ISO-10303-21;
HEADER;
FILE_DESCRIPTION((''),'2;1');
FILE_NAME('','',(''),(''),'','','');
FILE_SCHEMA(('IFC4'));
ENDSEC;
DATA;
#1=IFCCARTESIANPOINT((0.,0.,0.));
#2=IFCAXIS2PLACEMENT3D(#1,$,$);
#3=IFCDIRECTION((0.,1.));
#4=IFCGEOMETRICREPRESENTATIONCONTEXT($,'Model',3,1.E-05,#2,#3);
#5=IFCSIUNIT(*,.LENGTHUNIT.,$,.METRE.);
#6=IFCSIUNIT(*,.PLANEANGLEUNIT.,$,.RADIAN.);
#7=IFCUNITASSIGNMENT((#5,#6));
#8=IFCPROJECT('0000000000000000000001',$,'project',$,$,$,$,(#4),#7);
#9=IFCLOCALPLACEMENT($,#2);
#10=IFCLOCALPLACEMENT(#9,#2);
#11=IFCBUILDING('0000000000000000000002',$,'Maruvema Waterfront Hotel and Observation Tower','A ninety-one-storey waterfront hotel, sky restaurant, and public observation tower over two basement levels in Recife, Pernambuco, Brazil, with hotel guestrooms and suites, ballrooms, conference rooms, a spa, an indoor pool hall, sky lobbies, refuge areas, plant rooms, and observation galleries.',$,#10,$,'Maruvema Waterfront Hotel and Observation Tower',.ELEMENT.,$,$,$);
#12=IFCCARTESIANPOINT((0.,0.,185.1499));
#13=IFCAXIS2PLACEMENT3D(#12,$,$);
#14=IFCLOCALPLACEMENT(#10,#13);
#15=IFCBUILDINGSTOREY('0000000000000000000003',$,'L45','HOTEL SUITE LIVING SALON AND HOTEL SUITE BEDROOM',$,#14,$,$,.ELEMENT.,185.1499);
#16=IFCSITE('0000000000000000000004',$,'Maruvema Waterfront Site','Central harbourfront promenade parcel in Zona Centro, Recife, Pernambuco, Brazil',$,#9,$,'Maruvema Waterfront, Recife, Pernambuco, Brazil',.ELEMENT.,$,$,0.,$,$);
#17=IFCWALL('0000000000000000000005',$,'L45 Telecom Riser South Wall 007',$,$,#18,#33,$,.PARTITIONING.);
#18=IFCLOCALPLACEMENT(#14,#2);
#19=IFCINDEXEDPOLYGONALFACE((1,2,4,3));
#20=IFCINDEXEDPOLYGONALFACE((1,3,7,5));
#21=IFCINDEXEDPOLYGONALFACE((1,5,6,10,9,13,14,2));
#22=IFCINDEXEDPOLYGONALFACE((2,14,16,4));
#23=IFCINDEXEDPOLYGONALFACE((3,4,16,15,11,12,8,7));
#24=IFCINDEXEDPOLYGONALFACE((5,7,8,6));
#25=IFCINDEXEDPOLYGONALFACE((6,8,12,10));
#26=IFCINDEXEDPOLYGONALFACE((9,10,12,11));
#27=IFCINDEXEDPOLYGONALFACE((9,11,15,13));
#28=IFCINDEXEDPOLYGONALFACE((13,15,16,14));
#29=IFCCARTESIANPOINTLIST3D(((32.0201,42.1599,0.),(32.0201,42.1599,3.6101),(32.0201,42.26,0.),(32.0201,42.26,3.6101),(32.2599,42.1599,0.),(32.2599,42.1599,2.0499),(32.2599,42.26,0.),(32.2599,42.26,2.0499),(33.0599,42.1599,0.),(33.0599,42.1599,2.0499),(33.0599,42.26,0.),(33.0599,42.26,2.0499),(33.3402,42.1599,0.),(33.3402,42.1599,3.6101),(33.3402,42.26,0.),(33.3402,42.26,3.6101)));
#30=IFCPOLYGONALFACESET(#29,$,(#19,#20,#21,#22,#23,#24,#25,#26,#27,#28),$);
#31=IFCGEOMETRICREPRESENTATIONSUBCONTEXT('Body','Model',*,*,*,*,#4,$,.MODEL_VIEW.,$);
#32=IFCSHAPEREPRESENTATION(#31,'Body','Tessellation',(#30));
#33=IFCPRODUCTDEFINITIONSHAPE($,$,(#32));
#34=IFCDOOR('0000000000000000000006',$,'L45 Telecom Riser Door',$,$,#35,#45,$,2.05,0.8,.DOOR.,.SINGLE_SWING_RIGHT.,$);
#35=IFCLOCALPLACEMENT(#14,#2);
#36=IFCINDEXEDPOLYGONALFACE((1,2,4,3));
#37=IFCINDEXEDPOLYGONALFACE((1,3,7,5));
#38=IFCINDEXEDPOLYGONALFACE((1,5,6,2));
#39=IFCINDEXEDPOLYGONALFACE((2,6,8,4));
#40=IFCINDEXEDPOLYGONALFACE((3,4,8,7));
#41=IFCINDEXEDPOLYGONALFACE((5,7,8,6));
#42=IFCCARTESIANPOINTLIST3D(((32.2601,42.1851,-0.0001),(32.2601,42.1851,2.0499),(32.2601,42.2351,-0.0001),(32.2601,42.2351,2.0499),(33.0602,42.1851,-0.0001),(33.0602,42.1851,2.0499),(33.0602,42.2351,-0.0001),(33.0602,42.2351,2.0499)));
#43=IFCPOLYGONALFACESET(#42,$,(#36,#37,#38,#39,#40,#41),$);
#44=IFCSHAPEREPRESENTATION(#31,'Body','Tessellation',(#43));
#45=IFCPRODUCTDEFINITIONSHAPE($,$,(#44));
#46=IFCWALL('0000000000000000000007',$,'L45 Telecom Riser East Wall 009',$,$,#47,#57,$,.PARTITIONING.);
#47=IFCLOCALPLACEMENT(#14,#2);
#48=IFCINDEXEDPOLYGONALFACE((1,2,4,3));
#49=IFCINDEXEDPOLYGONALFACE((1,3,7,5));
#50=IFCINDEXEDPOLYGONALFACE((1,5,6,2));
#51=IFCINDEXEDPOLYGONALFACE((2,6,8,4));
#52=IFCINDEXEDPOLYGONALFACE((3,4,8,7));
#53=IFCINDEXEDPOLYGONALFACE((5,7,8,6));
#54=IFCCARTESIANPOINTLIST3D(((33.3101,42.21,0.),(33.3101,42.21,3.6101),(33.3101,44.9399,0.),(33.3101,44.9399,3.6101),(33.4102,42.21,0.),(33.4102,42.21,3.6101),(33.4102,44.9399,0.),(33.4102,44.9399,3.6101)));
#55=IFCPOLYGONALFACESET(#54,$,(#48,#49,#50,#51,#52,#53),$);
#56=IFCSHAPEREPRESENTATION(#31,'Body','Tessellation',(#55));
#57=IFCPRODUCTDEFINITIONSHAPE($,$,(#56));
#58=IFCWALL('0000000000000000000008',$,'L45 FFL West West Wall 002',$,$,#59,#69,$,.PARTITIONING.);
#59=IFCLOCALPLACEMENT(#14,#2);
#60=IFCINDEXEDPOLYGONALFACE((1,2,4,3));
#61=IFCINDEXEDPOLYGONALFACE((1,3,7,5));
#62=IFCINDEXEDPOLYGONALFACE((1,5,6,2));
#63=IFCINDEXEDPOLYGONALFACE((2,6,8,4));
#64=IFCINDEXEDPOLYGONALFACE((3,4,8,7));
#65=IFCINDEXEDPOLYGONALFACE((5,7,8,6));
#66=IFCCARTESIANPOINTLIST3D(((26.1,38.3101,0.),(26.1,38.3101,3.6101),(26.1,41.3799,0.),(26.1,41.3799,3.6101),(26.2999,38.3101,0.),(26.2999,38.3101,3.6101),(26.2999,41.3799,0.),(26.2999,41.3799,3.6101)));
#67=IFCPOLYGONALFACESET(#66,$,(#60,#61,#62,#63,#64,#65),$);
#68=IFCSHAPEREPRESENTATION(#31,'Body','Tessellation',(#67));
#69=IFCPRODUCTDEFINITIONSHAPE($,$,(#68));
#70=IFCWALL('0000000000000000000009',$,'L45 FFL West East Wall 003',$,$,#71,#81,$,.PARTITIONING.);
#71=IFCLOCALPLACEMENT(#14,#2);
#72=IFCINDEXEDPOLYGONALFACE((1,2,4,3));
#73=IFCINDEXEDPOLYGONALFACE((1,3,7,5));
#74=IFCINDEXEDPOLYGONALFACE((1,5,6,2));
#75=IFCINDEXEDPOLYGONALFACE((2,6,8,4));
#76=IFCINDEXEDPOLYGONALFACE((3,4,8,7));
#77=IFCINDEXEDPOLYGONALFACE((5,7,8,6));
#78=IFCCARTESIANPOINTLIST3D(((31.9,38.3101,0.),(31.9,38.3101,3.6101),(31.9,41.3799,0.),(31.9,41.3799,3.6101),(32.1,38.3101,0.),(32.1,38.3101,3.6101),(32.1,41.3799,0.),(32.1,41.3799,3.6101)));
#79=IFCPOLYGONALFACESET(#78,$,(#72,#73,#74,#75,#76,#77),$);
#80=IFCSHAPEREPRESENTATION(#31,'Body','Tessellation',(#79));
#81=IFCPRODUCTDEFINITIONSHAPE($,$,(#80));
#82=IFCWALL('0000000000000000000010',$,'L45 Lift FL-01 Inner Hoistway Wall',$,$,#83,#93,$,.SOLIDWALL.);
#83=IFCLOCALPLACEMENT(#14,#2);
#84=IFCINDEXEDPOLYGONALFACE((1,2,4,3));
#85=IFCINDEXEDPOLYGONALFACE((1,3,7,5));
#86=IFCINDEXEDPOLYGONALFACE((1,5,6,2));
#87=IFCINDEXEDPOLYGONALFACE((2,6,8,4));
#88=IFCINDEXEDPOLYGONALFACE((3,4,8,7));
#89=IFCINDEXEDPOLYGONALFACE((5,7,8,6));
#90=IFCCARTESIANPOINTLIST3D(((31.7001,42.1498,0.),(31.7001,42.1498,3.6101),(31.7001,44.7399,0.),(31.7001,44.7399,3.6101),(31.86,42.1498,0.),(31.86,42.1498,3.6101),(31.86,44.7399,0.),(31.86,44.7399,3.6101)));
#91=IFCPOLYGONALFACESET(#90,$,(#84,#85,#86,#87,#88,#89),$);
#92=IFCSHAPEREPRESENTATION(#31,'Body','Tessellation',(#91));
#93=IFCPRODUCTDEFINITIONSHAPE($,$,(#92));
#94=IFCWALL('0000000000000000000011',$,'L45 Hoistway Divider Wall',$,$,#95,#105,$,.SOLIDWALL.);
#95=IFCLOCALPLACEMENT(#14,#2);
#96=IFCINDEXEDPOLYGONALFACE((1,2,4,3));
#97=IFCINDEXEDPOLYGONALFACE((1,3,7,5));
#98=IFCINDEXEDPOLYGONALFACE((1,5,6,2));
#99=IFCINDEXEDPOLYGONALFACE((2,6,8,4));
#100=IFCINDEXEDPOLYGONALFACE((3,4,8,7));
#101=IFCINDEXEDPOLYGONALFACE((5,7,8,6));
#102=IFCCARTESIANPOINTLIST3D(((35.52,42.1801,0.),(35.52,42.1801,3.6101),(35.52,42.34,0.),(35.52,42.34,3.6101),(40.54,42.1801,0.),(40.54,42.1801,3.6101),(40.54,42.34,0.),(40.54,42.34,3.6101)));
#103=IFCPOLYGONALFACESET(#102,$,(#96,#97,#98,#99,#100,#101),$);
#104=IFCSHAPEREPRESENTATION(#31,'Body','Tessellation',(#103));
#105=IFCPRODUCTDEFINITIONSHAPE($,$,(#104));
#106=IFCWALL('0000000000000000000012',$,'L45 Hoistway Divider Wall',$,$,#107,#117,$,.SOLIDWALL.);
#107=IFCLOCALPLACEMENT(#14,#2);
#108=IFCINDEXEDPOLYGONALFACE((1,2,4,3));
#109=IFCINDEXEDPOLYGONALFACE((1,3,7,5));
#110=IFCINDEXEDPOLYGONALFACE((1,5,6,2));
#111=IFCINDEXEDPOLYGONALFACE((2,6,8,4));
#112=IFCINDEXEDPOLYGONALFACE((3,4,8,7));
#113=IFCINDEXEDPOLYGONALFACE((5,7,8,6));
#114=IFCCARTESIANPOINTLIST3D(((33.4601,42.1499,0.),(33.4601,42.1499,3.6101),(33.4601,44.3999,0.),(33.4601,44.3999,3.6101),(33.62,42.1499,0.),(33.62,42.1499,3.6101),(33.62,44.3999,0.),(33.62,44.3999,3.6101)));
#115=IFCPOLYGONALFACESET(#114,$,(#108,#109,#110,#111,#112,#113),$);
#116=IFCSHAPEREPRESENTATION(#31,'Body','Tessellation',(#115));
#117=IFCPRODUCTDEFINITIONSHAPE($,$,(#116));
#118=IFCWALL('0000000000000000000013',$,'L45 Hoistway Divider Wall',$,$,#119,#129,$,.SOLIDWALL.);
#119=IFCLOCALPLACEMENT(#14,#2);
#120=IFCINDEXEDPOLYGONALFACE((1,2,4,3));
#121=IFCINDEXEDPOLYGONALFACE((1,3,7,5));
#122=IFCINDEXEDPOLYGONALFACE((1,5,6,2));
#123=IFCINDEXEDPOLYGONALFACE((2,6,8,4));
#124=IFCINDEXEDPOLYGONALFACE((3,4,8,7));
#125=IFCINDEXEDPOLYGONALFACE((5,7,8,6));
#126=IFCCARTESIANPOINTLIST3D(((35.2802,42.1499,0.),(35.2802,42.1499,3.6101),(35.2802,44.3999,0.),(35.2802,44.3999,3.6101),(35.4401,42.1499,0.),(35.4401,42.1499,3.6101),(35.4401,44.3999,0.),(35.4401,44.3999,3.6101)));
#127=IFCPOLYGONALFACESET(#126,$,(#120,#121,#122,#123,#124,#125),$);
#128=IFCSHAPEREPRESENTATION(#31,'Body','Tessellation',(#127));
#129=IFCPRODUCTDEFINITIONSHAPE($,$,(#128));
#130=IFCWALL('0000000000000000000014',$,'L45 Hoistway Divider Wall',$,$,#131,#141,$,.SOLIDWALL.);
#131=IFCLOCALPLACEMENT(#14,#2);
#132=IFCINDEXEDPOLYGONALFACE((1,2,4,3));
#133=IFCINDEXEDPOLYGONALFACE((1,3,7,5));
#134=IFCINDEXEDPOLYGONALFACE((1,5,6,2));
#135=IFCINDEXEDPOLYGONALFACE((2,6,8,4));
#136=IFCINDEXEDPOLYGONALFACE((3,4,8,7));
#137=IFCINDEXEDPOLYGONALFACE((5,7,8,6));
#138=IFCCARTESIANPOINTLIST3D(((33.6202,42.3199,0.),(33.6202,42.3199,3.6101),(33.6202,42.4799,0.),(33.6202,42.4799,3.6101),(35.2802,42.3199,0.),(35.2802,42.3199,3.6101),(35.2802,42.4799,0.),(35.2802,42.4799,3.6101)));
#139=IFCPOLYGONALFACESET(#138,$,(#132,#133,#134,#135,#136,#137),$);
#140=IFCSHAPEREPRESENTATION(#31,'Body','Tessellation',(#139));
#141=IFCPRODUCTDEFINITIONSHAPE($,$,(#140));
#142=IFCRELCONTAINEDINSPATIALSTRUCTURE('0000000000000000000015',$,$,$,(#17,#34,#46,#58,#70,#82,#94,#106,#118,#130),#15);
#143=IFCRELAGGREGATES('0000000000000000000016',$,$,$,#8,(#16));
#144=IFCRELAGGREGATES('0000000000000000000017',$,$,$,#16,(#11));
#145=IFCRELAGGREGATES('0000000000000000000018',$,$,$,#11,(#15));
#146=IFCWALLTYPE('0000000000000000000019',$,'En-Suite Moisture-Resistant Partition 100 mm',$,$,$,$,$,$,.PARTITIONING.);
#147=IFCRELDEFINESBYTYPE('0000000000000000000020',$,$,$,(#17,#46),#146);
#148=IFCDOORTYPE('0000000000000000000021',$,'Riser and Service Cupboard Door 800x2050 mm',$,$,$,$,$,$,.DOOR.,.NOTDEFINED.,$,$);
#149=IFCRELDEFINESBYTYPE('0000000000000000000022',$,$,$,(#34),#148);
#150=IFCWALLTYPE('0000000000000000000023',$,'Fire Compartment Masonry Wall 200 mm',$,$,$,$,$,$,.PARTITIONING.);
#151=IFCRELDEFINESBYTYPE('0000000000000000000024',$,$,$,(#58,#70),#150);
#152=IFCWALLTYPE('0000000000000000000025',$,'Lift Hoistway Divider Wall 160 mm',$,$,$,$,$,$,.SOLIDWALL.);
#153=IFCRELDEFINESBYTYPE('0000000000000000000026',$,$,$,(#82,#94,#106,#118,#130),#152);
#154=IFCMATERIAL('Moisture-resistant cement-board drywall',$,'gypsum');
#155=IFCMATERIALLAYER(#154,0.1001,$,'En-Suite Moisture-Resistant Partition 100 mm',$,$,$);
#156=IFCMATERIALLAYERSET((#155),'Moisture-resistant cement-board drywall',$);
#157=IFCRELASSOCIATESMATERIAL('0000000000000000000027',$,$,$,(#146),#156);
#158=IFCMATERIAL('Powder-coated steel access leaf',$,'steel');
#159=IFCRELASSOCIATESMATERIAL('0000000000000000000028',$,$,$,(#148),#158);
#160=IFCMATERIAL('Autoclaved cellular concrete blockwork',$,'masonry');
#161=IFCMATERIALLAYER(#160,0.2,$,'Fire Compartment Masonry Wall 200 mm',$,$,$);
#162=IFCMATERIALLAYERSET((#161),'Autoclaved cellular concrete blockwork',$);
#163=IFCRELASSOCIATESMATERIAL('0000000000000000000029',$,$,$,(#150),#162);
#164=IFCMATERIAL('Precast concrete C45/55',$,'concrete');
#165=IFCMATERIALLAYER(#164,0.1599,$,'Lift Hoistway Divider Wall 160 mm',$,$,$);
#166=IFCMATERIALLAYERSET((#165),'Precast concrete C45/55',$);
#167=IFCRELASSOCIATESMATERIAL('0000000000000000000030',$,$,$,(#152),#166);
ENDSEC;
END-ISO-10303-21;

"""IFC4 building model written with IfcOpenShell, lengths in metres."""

from ifc_helpers import new_model, si_unit, direction, frame, frame_2d, origin, place, context, subcontext, project, spatial, rectangle, extrude, material, layer, layer_set, type_object, element, fill, save


model = new_model("IFC4")

# Units and contexts
model_context = context("Model", 3, precision=1e-05, world=origin(), true_north=direction((0.0, 1.0)))
body_context = subcontext(model_context, "Body", "Model", "MODEL_VIEW")
ifc_project = project(units=[si_unit("LENGTHUNIT", "METRE"), si_unit("PLANEANGLEUNIT", "RADIAN")], contexts=[model_context])

# Site, building, storey
site_placement = place(None, origin())
site = spatial("IfcSite", under=ifc_project, at=site_placement, Name="Maruvema Waterfront Site", Description="Central harbourfront promenade parcel in Zona Centro, Recife, Pernambuco, Brazil", LongName="Maruvema Waterfront, Recife, Pernambuco, Brazil", CompositionType="ELEMENT", RefElevation=0.0)
building_placement = place(site_placement, origin())
building = spatial("IfcBuilding", under=site, at=building_placement, Name="Maruvema Waterfront Hotel and Observation Tower", Description="A ninety-one-storey waterfront hotel, sky restaurant, and public observation tower over two basement levels in Recife, Pernambuco, Brazil, with hotel guestrooms and suites, ballrooms, conference rooms, a spa, an indoor pool hall, sky lobbies, refuge areas, plant rooms, and observation galleries.", LongName="Maruvema Waterfront Hotel and Observation Tower", CompositionType="ELEMENT")
storey_placement = place(building_placement, frame((0.0, 0.0, 185.1499)))
storey = spatial("IfcBuildingStorey", under=building, at=storey_placement, Name="L45", Description="HOTEL SUITE LIVING SALON AND HOTEL SUITE BEDROOM", CompositionType="ELEMENT", Elevation=185.1499)

# Wall, opening, door
ifc_material_1 = material(Name="Moisture-resistant cement-board drywall", Category="gypsum")
ifc_layer_1 = layer(ifc_material_1, 0.1001, Name="En-Suite Moisture-Resistant Partition 100 mm")
ifc_layer_set_1 = layer_set([ifc_layer_1], Name="Moisture-resistant cement-board drywall")
wall_type_1 = type_object("IfcWallType", Name="En-Suite Moisture-Resistant Partition 100 mm", PredefinedType="PARTITIONING", material=ifc_layer_set_1)
wall_1_placement = place(storey_placement, frame((32.02, 42.21, 0.0), z_axis=(0.0, 0.0, 1.0), x_axis=(1.0, 0.0, 0.0)))
wall_1 = element("IfcWall", 1, at=wall_1_placement, inside=storey, type_object=wall_type_1, Name="L45 Telecom Riser South Wall 007", PredefinedType="PARTITIONING", context=body_context, shape_type="SweptSolid", body=[
    extrude(rectangle(XDim=1.3201, YDim=0.1001, at=frame_2d((0.6602, 0.0))), origin(), (0.0, 0.0, 1.0), 3.6101),
])
opening_1_placement = place(wall_1_placement, frame((0.24, 0.0, 0.0)))
opening_1 = element("IfcOpeningElement", 2, at=opening_1_placement, cuts=wall_1, PredefinedType="OPENING", context=body_context, shape_type="SweptSolid", body=[
    extrude(rectangle(XDim=0.8, YDim=2.05, at=frame_2d((0.3999, 1.0249))), frame((0.0, 0.0601, 0.0), z_axis=(0.0, -1.0, 0.0), x_axis=(1.0, 0.0, 0.0)), (0.0, 0.0, 1.0), 0.1201),
])
ifc_material_2 = material(Name="Powder-coated steel access leaf", Category="steel")
door_type_1 = type_object("IfcDoorType", Name="Riser and Service Cupboard Door 800x2050 mm", OperationType="NOTDEFINED", PredefinedType="DOOR", material=ifc_material_2)
door_1_placement = place(opening_1_placement, frame((0.8, 0.0, 0.0), z_axis=(0.0, 0.0, 1.0), x_axis=(-1.0, 0.0, 0.0)))
door_1 = element("IfcDoor", 3, at=door_1_placement, inside=storey, type_object=door_type_1, Name="L45 Telecom Riser Door", OperationType="SINGLE_SWING_RIGHT", OverallHeight=2.05, OverallWidth=0.8, PredefinedType="DOOR", context=body_context, shape_type="SweptSolid", body=[
    extrude(rectangle(XDim=0.8, YDim=2.05, at=frame_2d((0.3999, 1.0249))), frame((0.0, 0.0249, 0.0), z_axis=(0.0, -1.0, 0.0), x_axis=(1.0, 0.0, 0.0)), (0.0, 0.0, 1.0), 0.05),
])
fill(opening_1, door_1)

# Wall
wall_2_placement = place(storey_placement, frame((33.3601, 42.21, 0.0), z_axis=(0.0, 0.0, 1.0), x_axis=(0.0, 1.0, 0.0)))
element("IfcWall", 4, at=wall_2_placement, inside=storey, type_object=wall_type_1, Name="L45 Telecom Riser East Wall 009", PredefinedType="PARTITIONING", context=body_context, shape_type="SweptSolid", body=[
    extrude(rectangle(XDim=2.73, YDim=0.1001, at=frame_2d((1.365, 0.0))), origin(), (0.0, 0.0, 1.0), 3.6101),
])

# Shared definitions
ifc_material_3 = material(Name="Autoclaved cellular concrete blockwork", Category="masonry")
ifc_layer_2 = layer(ifc_material_3, 0.2, Name="Fire Compartment Masonry Wall 200 mm")
ifc_layer_set_2 = layer_set([ifc_layer_2], Name="Autoclaved cellular concrete blockwork")
wall_type_2 = type_object("IfcWallType", Name="Fire Compartment Masonry Wall 200 mm", PredefinedType="PARTITIONING", material=ifc_layer_set_2)

# Walls
for number, where, z_axis, x_axis, name in (
    (5, (26.2, 38.3101, 0.0), (0.0, 0.0, 1.0), (0.0, 1.0, 0.0), "L45 FFL West West Wall 002"),
    (6, (32.0, 38.3101, 0.0), (0.0, 0.0, 1.0), (0.0, 1.0, 0.0), "L45 FFL West East Wall 003"),
):
    element("IfcWall", number, at=place(storey_placement, frame(where, z_axis=z_axis, x_axis=x_axis)), inside=storey, type_object=wall_type_2, Name=name, PredefinedType="PARTITIONING", context=body_context, shape_type="SweptSolid", body=[
        extrude(rectangle(XDim=3.0698, YDim=0.2, at=frame_2d((1.5349, 0.0))), origin(), (0.0, 0.0, 1.0), 3.6101),
    ])
ifc_material_4 = material(Name="Precast concrete C45/55", Category="concrete")
ifc_layer_3 = layer(ifc_material_4, 0.1599, Name="Lift Hoistway Divider Wall 160 mm")
ifc_layer_set_3 = layer_set([ifc_layer_3], Name="Precast concrete C45/55")
wall_type_3 = type_object("IfcWallType", Name="Lift Hoistway Divider Wall 160 mm", PredefinedType="SOLIDWALL", material=ifc_layer_set_3)
wall_3_placement = place(storey_placement, frame((31.78, 42.1499, 0.0), z_axis=(0.0, 0.0, 1.0), x_axis=(0.0, 1.0, 0.0)))
element("IfcWall", 7, at=wall_3_placement, inside=storey, type_object=wall_type_3, Name="L45 Lift FL-01 Inner Hoistway Wall", PredefinedType="SOLIDWALL", context=body_context, shape_type="SweptSolid", body=[
    extrude(rectangle(XDim=2.5901, YDim=0.1599, at=frame_2d((1.2949, 0.0))), origin(), (0.0, 0.0, 1.0), 3.6101),
])
wall_4_placement = place(storey_placement, frame((35.52, 42.26, 0.0), z_axis=(0.0, 0.0, 1.0), x_axis=(1.0, 0.0, 0.0)))
element("IfcWall", 8, at=wall_4_placement, inside=storey, type_object=wall_type_3, Name="L45 Hoistway Divider Wall", PredefinedType="SOLIDWALL", context=body_context, shape_type="SweptSolid", body=[
    extrude(rectangle(XDim=5.02, YDim=0.1599, at=frame_2d((2.51, 0.0))), origin(), (0.0, 0.0, 1.0), 3.6101),
])
for number, where, z_axis, x_axis, name in (
    (9, (33.54, 42.1499, 0.0), (0.0, 0.0, 1.0), (0.0, 1.0, 0.0), "L45 Hoistway Divider Wall"),
    (10, (35.3601, 42.1499, 0.0), (0.0, 0.0, 1.0), (0.0, 1.0, 0.0), "L45 Hoistway Divider Wall"),
):
    element("IfcWall", number, at=place(storey_placement, frame(where, z_axis=z_axis, x_axis=x_axis)), inside=storey, type_object=wall_type_3, Name=name, PredefinedType="SOLIDWALL", context=body_context, shape_type="SweptSolid", body=[
        extrude(rectangle(XDim=2.25, YDim=0.1599, at=frame_2d((1.125, 0.0))), origin(), (0.0, 0.0, 1.0), 3.6101),
    ])
wall_5_placement = place(storey_placement, frame((33.6201, 42.3999, 0.0), z_axis=(0.0, 0.0, 1.0), x_axis=(1.0, 0.0, 0.0)))
element("IfcWall", 11, at=wall_5_placement, inside=storey, type_object=wall_type_3, Name="L45 Hoistway Divider Wall", PredefinedType="SOLIDWALL", context=body_context, shape_type="SweptSolid", body=[
    extrude(rectangle(XDim=1.6599, YDim=0.1599, at=frame_2d((0.8301, 0.0))), origin(), (0.0, 0.0, 1.0), 3.6101),
])

save(model, "model.ifc")
